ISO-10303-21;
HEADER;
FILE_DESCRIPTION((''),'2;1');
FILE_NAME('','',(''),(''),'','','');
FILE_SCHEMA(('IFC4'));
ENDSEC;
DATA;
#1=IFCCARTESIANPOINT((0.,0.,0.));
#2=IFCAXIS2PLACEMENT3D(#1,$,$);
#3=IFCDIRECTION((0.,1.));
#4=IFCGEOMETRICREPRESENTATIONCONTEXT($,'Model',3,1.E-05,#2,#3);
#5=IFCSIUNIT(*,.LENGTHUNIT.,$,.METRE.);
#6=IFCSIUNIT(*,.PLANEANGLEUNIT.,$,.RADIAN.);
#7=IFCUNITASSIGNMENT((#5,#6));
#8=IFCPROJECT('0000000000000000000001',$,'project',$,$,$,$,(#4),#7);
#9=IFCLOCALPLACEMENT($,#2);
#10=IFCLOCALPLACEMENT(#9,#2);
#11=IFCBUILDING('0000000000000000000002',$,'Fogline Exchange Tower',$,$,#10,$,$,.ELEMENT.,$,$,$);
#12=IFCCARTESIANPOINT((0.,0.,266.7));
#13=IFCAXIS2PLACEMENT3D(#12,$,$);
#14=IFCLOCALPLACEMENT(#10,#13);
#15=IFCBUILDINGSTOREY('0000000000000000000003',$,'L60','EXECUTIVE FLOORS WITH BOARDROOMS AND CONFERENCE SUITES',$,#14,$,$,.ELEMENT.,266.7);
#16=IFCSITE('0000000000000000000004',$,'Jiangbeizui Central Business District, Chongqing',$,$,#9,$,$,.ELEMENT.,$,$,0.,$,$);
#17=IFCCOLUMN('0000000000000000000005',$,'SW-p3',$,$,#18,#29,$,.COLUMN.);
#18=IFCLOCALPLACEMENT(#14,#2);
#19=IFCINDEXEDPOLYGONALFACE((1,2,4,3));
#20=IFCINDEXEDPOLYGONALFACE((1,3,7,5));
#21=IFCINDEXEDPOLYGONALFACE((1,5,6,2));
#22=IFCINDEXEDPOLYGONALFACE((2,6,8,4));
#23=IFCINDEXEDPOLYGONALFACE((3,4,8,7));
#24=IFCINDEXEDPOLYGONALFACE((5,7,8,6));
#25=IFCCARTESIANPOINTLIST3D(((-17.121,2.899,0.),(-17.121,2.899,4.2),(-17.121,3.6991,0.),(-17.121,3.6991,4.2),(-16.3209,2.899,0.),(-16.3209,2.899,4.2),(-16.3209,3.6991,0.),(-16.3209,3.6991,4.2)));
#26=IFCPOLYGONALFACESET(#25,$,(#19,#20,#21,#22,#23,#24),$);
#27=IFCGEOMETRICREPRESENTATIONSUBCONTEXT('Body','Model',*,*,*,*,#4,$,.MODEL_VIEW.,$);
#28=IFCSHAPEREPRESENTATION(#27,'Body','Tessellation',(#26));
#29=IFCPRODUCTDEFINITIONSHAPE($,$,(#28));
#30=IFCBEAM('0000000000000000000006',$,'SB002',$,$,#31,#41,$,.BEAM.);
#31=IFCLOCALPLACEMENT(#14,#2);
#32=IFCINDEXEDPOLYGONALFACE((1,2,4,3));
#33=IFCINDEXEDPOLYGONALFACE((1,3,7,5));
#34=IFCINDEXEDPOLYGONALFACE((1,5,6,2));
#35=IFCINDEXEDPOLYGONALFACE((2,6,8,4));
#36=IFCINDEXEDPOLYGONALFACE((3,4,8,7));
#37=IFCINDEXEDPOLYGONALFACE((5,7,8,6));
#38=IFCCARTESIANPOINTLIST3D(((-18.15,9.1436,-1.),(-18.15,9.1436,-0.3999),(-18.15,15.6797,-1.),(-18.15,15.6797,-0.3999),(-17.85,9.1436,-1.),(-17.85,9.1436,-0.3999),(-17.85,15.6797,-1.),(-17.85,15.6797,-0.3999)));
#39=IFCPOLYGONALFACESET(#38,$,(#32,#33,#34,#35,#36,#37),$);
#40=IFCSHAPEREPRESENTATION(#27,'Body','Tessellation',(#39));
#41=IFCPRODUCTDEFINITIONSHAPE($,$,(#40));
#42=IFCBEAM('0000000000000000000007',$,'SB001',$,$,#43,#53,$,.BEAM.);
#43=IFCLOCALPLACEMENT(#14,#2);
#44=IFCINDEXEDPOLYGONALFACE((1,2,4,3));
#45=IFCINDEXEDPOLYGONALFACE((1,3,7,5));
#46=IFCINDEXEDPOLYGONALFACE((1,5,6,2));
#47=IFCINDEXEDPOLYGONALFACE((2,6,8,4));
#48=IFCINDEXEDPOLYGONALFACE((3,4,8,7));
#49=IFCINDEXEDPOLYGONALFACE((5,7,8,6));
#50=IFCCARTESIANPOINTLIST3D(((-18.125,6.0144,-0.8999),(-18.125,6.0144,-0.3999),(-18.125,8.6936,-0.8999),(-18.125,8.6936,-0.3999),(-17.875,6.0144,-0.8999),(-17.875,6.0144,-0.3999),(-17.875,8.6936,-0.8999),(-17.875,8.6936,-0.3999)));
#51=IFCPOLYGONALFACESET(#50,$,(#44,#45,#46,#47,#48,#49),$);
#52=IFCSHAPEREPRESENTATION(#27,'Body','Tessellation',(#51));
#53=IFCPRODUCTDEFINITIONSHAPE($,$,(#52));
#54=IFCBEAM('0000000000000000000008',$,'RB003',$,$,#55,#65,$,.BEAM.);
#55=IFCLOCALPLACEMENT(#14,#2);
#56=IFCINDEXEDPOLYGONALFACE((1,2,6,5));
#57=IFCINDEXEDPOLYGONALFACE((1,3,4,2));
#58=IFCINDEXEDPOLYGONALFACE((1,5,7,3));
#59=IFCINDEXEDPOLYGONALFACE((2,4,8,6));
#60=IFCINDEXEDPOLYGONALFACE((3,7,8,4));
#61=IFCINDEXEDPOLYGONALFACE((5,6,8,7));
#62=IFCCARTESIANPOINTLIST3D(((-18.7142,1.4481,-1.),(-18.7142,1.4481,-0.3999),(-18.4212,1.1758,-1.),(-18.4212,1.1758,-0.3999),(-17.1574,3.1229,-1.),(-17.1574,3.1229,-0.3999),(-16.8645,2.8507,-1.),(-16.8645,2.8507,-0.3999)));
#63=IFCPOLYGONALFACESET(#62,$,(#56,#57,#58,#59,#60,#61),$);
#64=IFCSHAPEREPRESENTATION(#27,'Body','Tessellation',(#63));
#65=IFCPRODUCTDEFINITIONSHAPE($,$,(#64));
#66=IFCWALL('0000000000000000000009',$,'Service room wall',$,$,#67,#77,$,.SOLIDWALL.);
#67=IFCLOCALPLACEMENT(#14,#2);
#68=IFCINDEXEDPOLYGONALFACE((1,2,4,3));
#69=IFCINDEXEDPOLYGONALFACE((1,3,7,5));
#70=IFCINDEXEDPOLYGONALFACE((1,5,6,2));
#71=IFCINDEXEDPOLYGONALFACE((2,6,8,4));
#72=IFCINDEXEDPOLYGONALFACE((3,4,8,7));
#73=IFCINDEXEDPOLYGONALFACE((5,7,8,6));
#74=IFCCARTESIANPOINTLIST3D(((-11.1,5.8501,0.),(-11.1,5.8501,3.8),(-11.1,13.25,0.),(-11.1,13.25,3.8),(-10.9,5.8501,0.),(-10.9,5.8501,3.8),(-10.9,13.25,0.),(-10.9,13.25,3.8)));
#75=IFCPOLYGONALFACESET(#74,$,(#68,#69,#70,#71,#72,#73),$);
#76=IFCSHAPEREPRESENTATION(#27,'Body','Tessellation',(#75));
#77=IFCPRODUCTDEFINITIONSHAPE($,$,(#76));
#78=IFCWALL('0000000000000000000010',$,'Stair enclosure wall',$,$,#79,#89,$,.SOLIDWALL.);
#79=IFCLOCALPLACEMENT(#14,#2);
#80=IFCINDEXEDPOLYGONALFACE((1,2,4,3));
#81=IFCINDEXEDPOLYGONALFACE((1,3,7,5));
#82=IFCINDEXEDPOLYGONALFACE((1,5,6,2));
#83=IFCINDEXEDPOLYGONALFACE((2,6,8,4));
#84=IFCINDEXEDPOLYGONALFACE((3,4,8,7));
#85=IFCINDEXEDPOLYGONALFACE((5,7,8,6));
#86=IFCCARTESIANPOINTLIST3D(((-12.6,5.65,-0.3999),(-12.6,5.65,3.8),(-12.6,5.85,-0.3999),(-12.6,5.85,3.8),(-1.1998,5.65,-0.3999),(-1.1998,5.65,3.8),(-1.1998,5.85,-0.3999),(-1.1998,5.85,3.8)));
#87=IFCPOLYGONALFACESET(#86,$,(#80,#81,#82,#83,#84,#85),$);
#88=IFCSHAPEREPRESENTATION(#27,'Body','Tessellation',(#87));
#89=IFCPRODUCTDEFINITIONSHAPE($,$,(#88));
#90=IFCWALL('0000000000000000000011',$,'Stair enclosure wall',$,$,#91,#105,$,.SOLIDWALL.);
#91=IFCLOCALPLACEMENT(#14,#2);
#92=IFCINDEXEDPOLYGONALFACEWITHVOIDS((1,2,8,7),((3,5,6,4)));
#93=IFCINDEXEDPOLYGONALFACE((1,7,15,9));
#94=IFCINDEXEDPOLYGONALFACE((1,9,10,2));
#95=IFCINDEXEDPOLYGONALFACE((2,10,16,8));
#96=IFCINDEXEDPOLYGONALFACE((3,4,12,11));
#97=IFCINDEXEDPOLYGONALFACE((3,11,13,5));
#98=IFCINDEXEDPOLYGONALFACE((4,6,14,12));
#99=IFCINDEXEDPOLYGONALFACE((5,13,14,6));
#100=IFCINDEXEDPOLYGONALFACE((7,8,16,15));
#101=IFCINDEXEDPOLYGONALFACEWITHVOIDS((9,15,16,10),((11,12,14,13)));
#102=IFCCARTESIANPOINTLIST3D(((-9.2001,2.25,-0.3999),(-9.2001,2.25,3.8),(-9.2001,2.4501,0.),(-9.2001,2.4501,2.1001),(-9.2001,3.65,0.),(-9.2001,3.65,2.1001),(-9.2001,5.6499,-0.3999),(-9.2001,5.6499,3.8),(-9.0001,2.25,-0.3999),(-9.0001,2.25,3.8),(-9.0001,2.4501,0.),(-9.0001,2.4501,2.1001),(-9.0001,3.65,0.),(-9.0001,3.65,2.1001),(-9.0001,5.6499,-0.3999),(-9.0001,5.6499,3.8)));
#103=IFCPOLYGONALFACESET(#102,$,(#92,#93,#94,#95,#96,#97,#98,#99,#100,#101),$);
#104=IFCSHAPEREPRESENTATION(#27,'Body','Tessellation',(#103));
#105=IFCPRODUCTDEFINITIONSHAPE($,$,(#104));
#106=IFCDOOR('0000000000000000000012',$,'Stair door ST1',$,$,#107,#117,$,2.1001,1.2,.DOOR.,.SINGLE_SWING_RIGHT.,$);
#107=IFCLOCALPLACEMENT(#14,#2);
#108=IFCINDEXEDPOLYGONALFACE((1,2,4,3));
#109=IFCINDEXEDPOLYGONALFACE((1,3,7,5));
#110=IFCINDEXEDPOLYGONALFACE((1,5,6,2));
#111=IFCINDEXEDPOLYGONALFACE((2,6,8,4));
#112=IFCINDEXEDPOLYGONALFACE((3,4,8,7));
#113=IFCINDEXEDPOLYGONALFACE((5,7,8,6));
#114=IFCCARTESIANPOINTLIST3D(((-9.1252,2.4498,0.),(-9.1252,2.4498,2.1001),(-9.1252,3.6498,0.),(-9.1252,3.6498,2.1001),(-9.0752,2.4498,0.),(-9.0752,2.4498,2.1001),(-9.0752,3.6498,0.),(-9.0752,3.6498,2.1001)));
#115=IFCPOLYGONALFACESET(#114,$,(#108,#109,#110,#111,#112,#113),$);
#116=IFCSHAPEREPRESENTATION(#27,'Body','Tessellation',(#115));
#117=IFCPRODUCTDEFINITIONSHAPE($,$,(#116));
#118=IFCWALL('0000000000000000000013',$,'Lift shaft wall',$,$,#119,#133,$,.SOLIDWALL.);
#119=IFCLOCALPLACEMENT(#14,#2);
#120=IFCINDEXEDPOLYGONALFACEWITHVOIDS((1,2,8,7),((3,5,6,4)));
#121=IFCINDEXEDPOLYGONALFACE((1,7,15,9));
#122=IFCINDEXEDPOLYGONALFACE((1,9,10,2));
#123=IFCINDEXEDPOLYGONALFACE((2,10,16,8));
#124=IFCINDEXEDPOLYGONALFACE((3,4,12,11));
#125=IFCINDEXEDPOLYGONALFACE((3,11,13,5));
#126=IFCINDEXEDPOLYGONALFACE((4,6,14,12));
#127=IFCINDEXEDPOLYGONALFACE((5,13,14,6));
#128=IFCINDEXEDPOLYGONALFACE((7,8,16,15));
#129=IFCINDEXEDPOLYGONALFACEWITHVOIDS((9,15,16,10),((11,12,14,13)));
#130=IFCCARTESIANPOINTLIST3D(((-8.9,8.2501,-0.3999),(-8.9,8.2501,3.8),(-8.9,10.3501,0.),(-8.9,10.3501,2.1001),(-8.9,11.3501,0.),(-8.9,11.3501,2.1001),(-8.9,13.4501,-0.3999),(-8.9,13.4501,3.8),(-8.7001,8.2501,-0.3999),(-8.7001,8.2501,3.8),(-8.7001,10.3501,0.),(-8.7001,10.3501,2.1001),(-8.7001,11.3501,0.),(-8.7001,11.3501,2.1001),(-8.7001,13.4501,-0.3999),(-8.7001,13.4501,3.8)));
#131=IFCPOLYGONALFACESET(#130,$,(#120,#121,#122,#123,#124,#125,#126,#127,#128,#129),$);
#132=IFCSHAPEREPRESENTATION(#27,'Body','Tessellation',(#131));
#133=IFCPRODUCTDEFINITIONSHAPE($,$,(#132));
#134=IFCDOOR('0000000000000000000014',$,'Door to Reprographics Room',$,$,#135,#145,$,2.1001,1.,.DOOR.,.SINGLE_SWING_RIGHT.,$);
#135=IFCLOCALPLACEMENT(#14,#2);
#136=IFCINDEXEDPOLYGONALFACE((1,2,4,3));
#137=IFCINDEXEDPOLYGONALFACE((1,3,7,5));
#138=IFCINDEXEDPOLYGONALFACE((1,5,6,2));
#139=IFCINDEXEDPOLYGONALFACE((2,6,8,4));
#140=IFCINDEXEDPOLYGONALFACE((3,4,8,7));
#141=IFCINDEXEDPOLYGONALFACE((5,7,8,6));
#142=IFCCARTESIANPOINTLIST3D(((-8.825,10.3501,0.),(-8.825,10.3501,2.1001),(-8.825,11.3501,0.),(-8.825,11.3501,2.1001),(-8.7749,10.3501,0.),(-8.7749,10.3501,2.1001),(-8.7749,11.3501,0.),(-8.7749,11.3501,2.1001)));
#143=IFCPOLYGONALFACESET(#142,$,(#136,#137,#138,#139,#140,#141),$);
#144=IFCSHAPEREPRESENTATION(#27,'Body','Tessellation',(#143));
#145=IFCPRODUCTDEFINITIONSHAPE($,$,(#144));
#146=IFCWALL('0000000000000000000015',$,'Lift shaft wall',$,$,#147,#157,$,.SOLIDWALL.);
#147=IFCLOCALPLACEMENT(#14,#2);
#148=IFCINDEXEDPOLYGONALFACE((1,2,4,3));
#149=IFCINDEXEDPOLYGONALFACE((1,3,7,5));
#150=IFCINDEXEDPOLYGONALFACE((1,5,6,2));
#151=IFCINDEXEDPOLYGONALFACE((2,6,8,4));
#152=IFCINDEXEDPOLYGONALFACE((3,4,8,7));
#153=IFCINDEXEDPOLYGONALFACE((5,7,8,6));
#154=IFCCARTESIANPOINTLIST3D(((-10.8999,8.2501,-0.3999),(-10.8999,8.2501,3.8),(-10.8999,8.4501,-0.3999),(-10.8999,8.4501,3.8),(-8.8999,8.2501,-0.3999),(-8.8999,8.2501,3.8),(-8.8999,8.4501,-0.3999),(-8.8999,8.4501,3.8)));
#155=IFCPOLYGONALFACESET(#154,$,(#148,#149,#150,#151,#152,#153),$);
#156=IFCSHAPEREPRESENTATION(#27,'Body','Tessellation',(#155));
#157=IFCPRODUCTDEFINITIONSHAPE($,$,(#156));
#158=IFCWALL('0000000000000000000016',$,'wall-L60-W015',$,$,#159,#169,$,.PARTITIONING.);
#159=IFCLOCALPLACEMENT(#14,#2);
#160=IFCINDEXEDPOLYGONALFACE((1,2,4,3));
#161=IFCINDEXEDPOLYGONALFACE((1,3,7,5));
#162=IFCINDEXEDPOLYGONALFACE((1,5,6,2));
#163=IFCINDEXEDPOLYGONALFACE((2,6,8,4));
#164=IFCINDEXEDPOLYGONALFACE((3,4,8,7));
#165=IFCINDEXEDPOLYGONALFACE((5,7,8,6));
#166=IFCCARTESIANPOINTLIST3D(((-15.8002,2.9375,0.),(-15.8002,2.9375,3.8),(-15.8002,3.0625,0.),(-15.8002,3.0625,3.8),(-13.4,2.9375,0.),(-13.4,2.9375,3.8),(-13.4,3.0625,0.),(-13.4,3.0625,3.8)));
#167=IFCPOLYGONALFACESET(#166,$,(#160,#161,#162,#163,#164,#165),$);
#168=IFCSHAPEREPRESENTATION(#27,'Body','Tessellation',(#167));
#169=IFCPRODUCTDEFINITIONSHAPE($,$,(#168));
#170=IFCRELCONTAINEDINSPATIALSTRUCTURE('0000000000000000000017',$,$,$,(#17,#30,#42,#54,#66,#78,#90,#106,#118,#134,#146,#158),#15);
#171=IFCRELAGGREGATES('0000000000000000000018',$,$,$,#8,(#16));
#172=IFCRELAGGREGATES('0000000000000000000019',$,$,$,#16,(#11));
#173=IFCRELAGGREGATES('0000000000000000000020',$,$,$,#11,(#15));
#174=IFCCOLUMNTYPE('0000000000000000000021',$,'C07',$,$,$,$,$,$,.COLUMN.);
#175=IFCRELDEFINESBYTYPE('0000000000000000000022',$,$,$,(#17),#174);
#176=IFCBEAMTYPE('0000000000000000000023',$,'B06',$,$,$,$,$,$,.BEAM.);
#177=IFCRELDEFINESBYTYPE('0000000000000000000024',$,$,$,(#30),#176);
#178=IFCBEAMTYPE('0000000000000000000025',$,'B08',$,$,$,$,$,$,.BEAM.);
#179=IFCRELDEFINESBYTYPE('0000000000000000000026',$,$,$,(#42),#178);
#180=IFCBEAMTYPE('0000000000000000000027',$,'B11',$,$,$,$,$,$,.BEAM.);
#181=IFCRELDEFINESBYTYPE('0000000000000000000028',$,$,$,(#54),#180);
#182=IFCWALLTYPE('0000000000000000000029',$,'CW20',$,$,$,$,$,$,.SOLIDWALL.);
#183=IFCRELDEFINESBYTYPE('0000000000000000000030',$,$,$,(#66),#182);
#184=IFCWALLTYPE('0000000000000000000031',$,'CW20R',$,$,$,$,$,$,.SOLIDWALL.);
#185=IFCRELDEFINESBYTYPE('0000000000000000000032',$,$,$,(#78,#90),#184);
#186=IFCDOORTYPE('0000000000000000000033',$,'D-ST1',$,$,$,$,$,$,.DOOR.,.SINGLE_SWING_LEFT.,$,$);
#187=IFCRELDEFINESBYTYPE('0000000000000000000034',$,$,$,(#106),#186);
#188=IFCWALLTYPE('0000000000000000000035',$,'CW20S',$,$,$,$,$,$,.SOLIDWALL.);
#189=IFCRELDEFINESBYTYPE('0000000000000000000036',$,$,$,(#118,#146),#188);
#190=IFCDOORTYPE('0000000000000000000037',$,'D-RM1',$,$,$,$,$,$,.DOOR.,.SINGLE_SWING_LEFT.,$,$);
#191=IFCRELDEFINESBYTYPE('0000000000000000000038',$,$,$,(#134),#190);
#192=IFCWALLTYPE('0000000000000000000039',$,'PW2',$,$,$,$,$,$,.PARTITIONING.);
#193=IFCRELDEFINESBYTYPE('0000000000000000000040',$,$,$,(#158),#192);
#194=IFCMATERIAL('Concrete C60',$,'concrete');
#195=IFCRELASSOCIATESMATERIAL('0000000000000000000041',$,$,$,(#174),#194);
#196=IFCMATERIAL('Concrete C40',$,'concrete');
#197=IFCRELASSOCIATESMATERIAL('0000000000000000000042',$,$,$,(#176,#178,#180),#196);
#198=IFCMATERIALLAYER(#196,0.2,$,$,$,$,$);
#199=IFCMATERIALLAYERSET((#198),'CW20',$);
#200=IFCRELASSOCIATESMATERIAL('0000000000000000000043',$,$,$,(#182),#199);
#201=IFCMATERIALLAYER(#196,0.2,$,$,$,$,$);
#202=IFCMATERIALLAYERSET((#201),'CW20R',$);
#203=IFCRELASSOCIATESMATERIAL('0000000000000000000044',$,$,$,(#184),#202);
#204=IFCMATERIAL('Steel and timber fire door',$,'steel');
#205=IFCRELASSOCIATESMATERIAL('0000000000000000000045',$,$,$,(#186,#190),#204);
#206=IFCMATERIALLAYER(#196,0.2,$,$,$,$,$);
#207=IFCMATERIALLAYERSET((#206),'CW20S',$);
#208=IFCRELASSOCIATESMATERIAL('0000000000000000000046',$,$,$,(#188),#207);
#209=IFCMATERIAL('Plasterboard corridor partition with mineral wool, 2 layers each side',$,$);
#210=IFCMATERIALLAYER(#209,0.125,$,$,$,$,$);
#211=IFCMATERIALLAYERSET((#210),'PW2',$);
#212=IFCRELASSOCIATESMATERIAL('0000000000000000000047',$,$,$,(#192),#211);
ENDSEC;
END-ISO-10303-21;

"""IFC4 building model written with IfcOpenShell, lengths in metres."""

from ifc_helpers import new_model, si_unit, direction, frame, frame_2d, origin, origin_2d, place, context, subcontext, project, spatial, rectangle, extrude, material, layer, layer_set, material_profile, profile_set, type_object, element, fill, save


model = new_model("IFC4")

# Units and contexts
model_context = context("Model", 3, precision=1e-05, world=origin(), true_north=direction((0.0, 1.0)))
body_context = subcontext(model_context, "Body", "Model", "MODEL_VIEW")
ifc_project = project(units=[si_unit("LENGTHUNIT", "METRE"), si_unit("PLANEANGLEUNIT", "RADIAN")], contexts=[model_context])

# Site, building, storey
site_placement = place(None, origin())
site = spatial("IfcSite", under=ifc_project, at=site_placement, Name="Jiangbeizui Central Business District, Chongqing", CompositionType="ELEMENT", RefElevation=0.0)
building_placement = place(site_placement, origin())
building = spatial("IfcBuilding", under=site, at=building_placement, Name="Fogline Exchange Tower", CompositionType="ELEMENT")
storey_placement = place(building_placement, frame((0.0, 0.0, 266.7)))
storey = spatial("IfcBuildingStorey", under=building, at=storey_placement, Name="L60", Description="EXECUTIVE FLOORS WITH BOARDROOMS AND CONFERENCE SUITES", CompositionType="ELEMENT", Elevation=266.7)

# Column
ifc_material_1 = material(Name="Concrete C60", Category="concrete")
ifc_material_profile_1 = material_profile(ifc_material_1, rectangle(XDim=0.8, YDim=0.8, at=origin_2d()), Name="RC 800x800")
ifc_profile_set_1 = profile_set([ifc_material_profile_1], Name="Concrete C60")
column_type = type_object("IfcColumnType", Name="C07", PredefinedType="COLUMN", material=ifc_profile_set_1)
column_placement = place(storey_placement, frame((-16.7209, 3.2991, 0.0), z_axis=(0.0, 0.0, 1.0), x_axis=(1.0, 0.0, 0.0)))
element("IfcColumn", 1, at=column_placement, inside=storey, type_object=column_type, Name="SW-p3", PredefinedType="COLUMN", context=body_context, shape_type="SweptSolid", body=[
    extrude(rectangle(XDim=0.8, YDim=0.8, at=origin_2d()), origin(), (0.0, 0.0, 1.0), 4.2),
])

# Beams
ifc_material_2 = material(Name="Concrete C40", Category="concrete")
ifc_material_profile_2 = material_profile(ifc_material_2, rectangle(XDim=0.3, YDim=0.6001, at=origin_2d()), Name="RC 300x600")
ifc_profile_set_2 = profile_set([ifc_material_profile_2], Name="Concrete C40")
beam_type_1 = type_object("IfcBeamType", Name="B06", PredefinedType="BEAM", material=ifc_profile_set_2)
beam_1_placement = place(storey_placement, frame((-18.0, 9.1436, -0.7), z_axis=(0.0, 1.0, 0.0), x_axis=(-1.0, 0.0, 0.0)))
element("IfcBeam", 2, at=beam_1_placement, inside=storey, type_object=beam_type_1, Name="SB002", PredefinedType="BEAM", context=body_context, shape_type="SweptSolid", body=[
    extrude(rectangle(XDim=0.3, YDim=0.6001, at=origin_2d()), origin(), (0.0, 0.0, 1.0), 6.5361),
])
ifc_material_profile_3 = material_profile(ifc_material_2, rectangle(XDim=0.25, YDim=0.5, at=origin_2d()), Name="RC 250x500")
ifc_profile_set_3 = profile_set([ifc_material_profile_3], Name="Concrete C40")
beam_type_2 = type_object("IfcBeamType", Name="B08", PredefinedType="BEAM", material=ifc_profile_set_3)
beam_2_placement = place(storey_placement, frame((-18.0, 6.0144, -0.6499), z_axis=(0.0, 1.0, 0.0), x_axis=(-1.0, 0.0, 0.0)))
element("IfcBeam", 3, at=beam_2_placement, inside=storey, type_object=beam_type_2, Name="SB001", PredefinedType="BEAM", context=body_context, shape_type="SweptSolid", body=[
    extrude(rectangle(XDim=0.25, YDim=0.5, at=origin_2d()), origin(), (0.0, 0.0, 1.0), 2.6792),
])
ifc_material_profile_4 = material_profile(ifc_material_2, rectangle(XDim=0.3999, YDim=0.6001, at=origin_2d()), Name="RC 400x600")
ifc_profile_set_4 = profile_set([ifc_material_profile_4], Name="Concrete C40")
beam_type_3 = type_object("IfcBeamType", Name="B11", PredefinedType="BEAM", material=ifc_profile_set_4)
beam_3_placement = place(storey_placement, frame((-17.011, 2.9868, -0.7), z_axis=(-0.680795, -0.732474, 0.0), x_axis=(0.732474, -0.680795, 0.0)))
element("IfcBeam", 4, at=beam_3_placement, inside=storey, type_object=beam_type_3, Name="RB003", PredefinedType="BEAM", context=body_context, shape_type="SweptSolid", body=[
    extrude(rectangle(XDim=0.3999, YDim=0.6001, at=origin_2d()), origin(), (0.0, 0.0, 1.0), 2.2866),
])

# Walls
ifc_layer_1 = layer(ifc_material_2, 0.2)
ifc_layer_set_1 = layer_set([ifc_layer_1], Name="CW20")
wall_type_1 = type_object("IfcWallType", Name="CW20", PredefinedType="SOLIDWALL", material=ifc_layer_set_1)
wall_1_placement = place(storey_placement, frame((-11.0, 5.8501, 0.0), z_axis=(0.0, 0.0, 1.0), x_axis=(0.0, 1.0, 0.0)))
element("IfcWall", 5, at=wall_1_placement, inside=storey, type_object=wall_type_1, Name="Service room wall", PredefinedType="SOLIDWALL", context=body_context, shape_type="SweptSolid", body=[
    extrude(rectangle(XDim=7.3999, YDim=0.2, at=frame_2d((3.7, 0.0))), origin(), (0.0, 0.0, 1.0), 3.8),
])
ifc_layer_2 = layer(ifc_material_2, 0.2)
ifc_layer_set_2 = layer_set([ifc_layer_2], Name="CW20R")
wall_type_2 = type_object("IfcWallType", Name="CW20R", PredefinedType="SOLIDWALL", material=ifc_layer_set_2)
wall_2_placement = place(storey_placement, frame((-12.6001, 5.75, -0.3999), z_axis=(0.0, 0.0, 1.0), x_axis=(1.0, 0.0, 0.0)))
element("IfcWall", 6, at=wall_2_placement, inside=storey, type_object=wall_type_2, Name="Stair enclosure wall", PredefinedType="SOLIDWALL", context=body_context, shape_type="SweptSolid", body=[
    extrude(rectangle(XDim=11.4001, YDim=0.2, at=frame_2d((5.7002, 0.0))), origin(), (0.0, 0.0, 1.0), 4.2),
])

# Walls, openings, doors
wall_3_placement = place(storey_placement, frame((-9.1001, 2.25, -0.3999), z_axis=(0.0, 0.0, 1.0), x_axis=(0.0, 1.0, 0.0)))
wall_3 = element("IfcWall", 7, at=wall_3_placement, inside=storey, type_object=wall_type_2, Name="Stair enclosure wall", PredefinedType="SOLIDWALL", context=body_context, shape_type="SweptSolid", body=[
    extrude(rectangle(XDim=3.3999, YDim=0.2, at=frame_2d((1.7, 0.0))), origin(), (0.0, 0.0, 1.0), 4.2),
])
opening_1_placement = place(wall_3_placement, frame((0.2, 0.0, 0.3999)))
opening_1 = element("IfcOpeningElement", 8, at=opening_1_placement, cuts=wall_3, PredefinedType="OPENING", context=body_context, shape_type="SweptSolid", body=[
    extrude(rectangle(XDim=1.2, YDim=2.1001, at=frame_2d((0.6001, 1.05))), frame((0.0, 0.1099, 0.0), z_axis=(0.0, -1.0, 0.0), x_axis=(1.0, 0.0, 0.0)), (0.0, 0.0, 1.0), 0.22),
])
ifc_material_3 = material(Name="Steel and timber fire door", Category="steel")
door_type_1 = type_object("IfcDoorType", Name="D-ST1", OperationType="SINGLE_SWING_LEFT", PredefinedType="DOOR", material=ifc_material_3)
door_1_placement = place(opening_1_placement, frame((1.2, 0.0, 0.0), z_axis=(0.0, 0.0, 1.0), x_axis=(-1.0, 0.0, 0.0)))
door_1 = element("IfcDoor", 9, at=door_1_placement, inside=storey, type_object=door_type_1, Name="Stair door ST1", OperationType="SINGLE_SWING_RIGHT", OverallHeight=2.1001, OverallWidth=1.2, PredefinedType="DOOR", context=body_context, shape_type="SweptSolid", body=[
    extrude(rectangle(XDim=1.2, YDim=2.1001, at=frame_2d((0.6001, 1.05))), frame((0.0, 0.0249, 0.0), z_axis=(0.0, -1.0, 0.0), x_axis=(1.0, 0.0, 0.0)), (0.0, 0.0, 1.0), 0.05),
])
fill(opening_1, door_1)
ifc_layer_3 = layer(ifc_material_2, 0.2)
ifc_layer_set_3 = layer_set([ifc_layer_3], Name="CW20S")
wall_type_3 = type_object("IfcWallType", Name="CW20S", PredefinedType="SOLIDWALL", material=ifc_layer_set_3)
wall_4_placement = place(storey_placement, frame((-8.8, 8.25, -0.3999), z_axis=(0.0, 0.0, 1.0), x_axis=(0.0, 1.0, 0.0)))
wall_4 = element("IfcWall", 10, at=wall_4_placement, inside=storey, type_object=wall_type_3, Name="Lift shaft wall", PredefinedType="SOLIDWALL", context=body_context, shape_type="SweptSolid", body=[
    extrude(rectangle(XDim=5.2, YDim=0.2, at=frame_2d((2.6001, 0.0))), origin(), (0.0, 0.0, 1.0), 4.2),
])
opening_2_placement = place(wall_4_placement, frame((2.1001, 0.0, 0.3999)))
opening_2 = element("IfcOpeningElement", 11, at=opening_2_placement, cuts=wall_4, PredefinedType="OPENING", context=body_context, shape_type="SweptSolid", body=[
    extrude(rectangle(XDim=1.0, YDim=2.1001, at=frame_2d((0.5, 1.05))), frame((0.0, 0.1099, 0.0), z_axis=(0.0, -1.0, 0.0), x_axis=(1.0, 0.0, 0.0)), (0.0, 0.0, 1.0), 0.22),
])
door_type_2 = type_object("IfcDoorType", Name="D-RM1", OperationType="SINGLE_SWING_LEFT", PredefinedType="DOOR", material=ifc_material_3)
door_2_placement = place(opening_2_placement, origin())
door_2 = element("IfcDoor", 12, at=door_2_placement, inside=storey, type_object=door_type_2, Name="Door to Reprographics Room", OperationType="SINGLE_SWING_RIGHT", OverallHeight=2.1001, OverallWidth=1.0, PredefinedType="DOOR", context=body_context, shape_type="SweptSolid", body=[
    extrude(rectangle(XDim=1.0, YDim=2.1001, at=frame_2d((0.5, 1.05))), frame((0.0, 0.0249, 0.0), z_axis=(0.0, -1.0, 0.0), x_axis=(1.0, 0.0, 0.0)), (0.0, 0.0, 1.0), 0.05),
])
fill(opening_2, door_2)

# Walls
wall_5_placement = place(storey_placement, frame((-10.8999, 8.3501, -0.3999), z_axis=(0.0, 0.0, 1.0), x_axis=(1.0, 0.0, 0.0)))
element("IfcWall", 13, at=wall_5_placement, inside=storey, type_object=wall_type_3, Name="Lift shaft wall", PredefinedType="SOLIDWALL", context=body_context, shape_type="SweptSolid", body=[
    extrude(rectangle(XDim=2.0, YDim=0.2, at=frame_2d((1.0, 0.0))), origin(), (0.0, 0.0, 1.0), 4.2),
])
ifc_material_4 = material(Name="Plasterboard corridor partition with mineral wool, 2 layers each side")
ifc_layer_4 = layer(ifc_material_4, 0.125)
ifc_layer_set_4 = layer_set([ifc_layer_4], Name="PW2")
wall_type_4 = type_object("IfcWallType", Name="PW2", PredefinedType="PARTITIONING", material=ifc_layer_set_4)
wall_6_placement = place(storey_placement, frame((-13.3999, 3.0, 0.0), z_axis=(0.0, 0.0, 1.0), x_axis=(-1.0, 0.0, 0.0)))
element("IfcWall", 14, at=wall_6_placement, inside=storey, type_object=wall_type_4, Name="wall-L60-W015", PredefinedType="PARTITIONING", context=body_context, shape_type="SweptSolid", body=[
    extrude(rectangle(XDim=2.4001, YDim=0.125, at=frame_2d((1.2002, 0.0))), origin(), (0.0, 0.0, 1.0), 3.8),
])

save(model, "model.ifc")
